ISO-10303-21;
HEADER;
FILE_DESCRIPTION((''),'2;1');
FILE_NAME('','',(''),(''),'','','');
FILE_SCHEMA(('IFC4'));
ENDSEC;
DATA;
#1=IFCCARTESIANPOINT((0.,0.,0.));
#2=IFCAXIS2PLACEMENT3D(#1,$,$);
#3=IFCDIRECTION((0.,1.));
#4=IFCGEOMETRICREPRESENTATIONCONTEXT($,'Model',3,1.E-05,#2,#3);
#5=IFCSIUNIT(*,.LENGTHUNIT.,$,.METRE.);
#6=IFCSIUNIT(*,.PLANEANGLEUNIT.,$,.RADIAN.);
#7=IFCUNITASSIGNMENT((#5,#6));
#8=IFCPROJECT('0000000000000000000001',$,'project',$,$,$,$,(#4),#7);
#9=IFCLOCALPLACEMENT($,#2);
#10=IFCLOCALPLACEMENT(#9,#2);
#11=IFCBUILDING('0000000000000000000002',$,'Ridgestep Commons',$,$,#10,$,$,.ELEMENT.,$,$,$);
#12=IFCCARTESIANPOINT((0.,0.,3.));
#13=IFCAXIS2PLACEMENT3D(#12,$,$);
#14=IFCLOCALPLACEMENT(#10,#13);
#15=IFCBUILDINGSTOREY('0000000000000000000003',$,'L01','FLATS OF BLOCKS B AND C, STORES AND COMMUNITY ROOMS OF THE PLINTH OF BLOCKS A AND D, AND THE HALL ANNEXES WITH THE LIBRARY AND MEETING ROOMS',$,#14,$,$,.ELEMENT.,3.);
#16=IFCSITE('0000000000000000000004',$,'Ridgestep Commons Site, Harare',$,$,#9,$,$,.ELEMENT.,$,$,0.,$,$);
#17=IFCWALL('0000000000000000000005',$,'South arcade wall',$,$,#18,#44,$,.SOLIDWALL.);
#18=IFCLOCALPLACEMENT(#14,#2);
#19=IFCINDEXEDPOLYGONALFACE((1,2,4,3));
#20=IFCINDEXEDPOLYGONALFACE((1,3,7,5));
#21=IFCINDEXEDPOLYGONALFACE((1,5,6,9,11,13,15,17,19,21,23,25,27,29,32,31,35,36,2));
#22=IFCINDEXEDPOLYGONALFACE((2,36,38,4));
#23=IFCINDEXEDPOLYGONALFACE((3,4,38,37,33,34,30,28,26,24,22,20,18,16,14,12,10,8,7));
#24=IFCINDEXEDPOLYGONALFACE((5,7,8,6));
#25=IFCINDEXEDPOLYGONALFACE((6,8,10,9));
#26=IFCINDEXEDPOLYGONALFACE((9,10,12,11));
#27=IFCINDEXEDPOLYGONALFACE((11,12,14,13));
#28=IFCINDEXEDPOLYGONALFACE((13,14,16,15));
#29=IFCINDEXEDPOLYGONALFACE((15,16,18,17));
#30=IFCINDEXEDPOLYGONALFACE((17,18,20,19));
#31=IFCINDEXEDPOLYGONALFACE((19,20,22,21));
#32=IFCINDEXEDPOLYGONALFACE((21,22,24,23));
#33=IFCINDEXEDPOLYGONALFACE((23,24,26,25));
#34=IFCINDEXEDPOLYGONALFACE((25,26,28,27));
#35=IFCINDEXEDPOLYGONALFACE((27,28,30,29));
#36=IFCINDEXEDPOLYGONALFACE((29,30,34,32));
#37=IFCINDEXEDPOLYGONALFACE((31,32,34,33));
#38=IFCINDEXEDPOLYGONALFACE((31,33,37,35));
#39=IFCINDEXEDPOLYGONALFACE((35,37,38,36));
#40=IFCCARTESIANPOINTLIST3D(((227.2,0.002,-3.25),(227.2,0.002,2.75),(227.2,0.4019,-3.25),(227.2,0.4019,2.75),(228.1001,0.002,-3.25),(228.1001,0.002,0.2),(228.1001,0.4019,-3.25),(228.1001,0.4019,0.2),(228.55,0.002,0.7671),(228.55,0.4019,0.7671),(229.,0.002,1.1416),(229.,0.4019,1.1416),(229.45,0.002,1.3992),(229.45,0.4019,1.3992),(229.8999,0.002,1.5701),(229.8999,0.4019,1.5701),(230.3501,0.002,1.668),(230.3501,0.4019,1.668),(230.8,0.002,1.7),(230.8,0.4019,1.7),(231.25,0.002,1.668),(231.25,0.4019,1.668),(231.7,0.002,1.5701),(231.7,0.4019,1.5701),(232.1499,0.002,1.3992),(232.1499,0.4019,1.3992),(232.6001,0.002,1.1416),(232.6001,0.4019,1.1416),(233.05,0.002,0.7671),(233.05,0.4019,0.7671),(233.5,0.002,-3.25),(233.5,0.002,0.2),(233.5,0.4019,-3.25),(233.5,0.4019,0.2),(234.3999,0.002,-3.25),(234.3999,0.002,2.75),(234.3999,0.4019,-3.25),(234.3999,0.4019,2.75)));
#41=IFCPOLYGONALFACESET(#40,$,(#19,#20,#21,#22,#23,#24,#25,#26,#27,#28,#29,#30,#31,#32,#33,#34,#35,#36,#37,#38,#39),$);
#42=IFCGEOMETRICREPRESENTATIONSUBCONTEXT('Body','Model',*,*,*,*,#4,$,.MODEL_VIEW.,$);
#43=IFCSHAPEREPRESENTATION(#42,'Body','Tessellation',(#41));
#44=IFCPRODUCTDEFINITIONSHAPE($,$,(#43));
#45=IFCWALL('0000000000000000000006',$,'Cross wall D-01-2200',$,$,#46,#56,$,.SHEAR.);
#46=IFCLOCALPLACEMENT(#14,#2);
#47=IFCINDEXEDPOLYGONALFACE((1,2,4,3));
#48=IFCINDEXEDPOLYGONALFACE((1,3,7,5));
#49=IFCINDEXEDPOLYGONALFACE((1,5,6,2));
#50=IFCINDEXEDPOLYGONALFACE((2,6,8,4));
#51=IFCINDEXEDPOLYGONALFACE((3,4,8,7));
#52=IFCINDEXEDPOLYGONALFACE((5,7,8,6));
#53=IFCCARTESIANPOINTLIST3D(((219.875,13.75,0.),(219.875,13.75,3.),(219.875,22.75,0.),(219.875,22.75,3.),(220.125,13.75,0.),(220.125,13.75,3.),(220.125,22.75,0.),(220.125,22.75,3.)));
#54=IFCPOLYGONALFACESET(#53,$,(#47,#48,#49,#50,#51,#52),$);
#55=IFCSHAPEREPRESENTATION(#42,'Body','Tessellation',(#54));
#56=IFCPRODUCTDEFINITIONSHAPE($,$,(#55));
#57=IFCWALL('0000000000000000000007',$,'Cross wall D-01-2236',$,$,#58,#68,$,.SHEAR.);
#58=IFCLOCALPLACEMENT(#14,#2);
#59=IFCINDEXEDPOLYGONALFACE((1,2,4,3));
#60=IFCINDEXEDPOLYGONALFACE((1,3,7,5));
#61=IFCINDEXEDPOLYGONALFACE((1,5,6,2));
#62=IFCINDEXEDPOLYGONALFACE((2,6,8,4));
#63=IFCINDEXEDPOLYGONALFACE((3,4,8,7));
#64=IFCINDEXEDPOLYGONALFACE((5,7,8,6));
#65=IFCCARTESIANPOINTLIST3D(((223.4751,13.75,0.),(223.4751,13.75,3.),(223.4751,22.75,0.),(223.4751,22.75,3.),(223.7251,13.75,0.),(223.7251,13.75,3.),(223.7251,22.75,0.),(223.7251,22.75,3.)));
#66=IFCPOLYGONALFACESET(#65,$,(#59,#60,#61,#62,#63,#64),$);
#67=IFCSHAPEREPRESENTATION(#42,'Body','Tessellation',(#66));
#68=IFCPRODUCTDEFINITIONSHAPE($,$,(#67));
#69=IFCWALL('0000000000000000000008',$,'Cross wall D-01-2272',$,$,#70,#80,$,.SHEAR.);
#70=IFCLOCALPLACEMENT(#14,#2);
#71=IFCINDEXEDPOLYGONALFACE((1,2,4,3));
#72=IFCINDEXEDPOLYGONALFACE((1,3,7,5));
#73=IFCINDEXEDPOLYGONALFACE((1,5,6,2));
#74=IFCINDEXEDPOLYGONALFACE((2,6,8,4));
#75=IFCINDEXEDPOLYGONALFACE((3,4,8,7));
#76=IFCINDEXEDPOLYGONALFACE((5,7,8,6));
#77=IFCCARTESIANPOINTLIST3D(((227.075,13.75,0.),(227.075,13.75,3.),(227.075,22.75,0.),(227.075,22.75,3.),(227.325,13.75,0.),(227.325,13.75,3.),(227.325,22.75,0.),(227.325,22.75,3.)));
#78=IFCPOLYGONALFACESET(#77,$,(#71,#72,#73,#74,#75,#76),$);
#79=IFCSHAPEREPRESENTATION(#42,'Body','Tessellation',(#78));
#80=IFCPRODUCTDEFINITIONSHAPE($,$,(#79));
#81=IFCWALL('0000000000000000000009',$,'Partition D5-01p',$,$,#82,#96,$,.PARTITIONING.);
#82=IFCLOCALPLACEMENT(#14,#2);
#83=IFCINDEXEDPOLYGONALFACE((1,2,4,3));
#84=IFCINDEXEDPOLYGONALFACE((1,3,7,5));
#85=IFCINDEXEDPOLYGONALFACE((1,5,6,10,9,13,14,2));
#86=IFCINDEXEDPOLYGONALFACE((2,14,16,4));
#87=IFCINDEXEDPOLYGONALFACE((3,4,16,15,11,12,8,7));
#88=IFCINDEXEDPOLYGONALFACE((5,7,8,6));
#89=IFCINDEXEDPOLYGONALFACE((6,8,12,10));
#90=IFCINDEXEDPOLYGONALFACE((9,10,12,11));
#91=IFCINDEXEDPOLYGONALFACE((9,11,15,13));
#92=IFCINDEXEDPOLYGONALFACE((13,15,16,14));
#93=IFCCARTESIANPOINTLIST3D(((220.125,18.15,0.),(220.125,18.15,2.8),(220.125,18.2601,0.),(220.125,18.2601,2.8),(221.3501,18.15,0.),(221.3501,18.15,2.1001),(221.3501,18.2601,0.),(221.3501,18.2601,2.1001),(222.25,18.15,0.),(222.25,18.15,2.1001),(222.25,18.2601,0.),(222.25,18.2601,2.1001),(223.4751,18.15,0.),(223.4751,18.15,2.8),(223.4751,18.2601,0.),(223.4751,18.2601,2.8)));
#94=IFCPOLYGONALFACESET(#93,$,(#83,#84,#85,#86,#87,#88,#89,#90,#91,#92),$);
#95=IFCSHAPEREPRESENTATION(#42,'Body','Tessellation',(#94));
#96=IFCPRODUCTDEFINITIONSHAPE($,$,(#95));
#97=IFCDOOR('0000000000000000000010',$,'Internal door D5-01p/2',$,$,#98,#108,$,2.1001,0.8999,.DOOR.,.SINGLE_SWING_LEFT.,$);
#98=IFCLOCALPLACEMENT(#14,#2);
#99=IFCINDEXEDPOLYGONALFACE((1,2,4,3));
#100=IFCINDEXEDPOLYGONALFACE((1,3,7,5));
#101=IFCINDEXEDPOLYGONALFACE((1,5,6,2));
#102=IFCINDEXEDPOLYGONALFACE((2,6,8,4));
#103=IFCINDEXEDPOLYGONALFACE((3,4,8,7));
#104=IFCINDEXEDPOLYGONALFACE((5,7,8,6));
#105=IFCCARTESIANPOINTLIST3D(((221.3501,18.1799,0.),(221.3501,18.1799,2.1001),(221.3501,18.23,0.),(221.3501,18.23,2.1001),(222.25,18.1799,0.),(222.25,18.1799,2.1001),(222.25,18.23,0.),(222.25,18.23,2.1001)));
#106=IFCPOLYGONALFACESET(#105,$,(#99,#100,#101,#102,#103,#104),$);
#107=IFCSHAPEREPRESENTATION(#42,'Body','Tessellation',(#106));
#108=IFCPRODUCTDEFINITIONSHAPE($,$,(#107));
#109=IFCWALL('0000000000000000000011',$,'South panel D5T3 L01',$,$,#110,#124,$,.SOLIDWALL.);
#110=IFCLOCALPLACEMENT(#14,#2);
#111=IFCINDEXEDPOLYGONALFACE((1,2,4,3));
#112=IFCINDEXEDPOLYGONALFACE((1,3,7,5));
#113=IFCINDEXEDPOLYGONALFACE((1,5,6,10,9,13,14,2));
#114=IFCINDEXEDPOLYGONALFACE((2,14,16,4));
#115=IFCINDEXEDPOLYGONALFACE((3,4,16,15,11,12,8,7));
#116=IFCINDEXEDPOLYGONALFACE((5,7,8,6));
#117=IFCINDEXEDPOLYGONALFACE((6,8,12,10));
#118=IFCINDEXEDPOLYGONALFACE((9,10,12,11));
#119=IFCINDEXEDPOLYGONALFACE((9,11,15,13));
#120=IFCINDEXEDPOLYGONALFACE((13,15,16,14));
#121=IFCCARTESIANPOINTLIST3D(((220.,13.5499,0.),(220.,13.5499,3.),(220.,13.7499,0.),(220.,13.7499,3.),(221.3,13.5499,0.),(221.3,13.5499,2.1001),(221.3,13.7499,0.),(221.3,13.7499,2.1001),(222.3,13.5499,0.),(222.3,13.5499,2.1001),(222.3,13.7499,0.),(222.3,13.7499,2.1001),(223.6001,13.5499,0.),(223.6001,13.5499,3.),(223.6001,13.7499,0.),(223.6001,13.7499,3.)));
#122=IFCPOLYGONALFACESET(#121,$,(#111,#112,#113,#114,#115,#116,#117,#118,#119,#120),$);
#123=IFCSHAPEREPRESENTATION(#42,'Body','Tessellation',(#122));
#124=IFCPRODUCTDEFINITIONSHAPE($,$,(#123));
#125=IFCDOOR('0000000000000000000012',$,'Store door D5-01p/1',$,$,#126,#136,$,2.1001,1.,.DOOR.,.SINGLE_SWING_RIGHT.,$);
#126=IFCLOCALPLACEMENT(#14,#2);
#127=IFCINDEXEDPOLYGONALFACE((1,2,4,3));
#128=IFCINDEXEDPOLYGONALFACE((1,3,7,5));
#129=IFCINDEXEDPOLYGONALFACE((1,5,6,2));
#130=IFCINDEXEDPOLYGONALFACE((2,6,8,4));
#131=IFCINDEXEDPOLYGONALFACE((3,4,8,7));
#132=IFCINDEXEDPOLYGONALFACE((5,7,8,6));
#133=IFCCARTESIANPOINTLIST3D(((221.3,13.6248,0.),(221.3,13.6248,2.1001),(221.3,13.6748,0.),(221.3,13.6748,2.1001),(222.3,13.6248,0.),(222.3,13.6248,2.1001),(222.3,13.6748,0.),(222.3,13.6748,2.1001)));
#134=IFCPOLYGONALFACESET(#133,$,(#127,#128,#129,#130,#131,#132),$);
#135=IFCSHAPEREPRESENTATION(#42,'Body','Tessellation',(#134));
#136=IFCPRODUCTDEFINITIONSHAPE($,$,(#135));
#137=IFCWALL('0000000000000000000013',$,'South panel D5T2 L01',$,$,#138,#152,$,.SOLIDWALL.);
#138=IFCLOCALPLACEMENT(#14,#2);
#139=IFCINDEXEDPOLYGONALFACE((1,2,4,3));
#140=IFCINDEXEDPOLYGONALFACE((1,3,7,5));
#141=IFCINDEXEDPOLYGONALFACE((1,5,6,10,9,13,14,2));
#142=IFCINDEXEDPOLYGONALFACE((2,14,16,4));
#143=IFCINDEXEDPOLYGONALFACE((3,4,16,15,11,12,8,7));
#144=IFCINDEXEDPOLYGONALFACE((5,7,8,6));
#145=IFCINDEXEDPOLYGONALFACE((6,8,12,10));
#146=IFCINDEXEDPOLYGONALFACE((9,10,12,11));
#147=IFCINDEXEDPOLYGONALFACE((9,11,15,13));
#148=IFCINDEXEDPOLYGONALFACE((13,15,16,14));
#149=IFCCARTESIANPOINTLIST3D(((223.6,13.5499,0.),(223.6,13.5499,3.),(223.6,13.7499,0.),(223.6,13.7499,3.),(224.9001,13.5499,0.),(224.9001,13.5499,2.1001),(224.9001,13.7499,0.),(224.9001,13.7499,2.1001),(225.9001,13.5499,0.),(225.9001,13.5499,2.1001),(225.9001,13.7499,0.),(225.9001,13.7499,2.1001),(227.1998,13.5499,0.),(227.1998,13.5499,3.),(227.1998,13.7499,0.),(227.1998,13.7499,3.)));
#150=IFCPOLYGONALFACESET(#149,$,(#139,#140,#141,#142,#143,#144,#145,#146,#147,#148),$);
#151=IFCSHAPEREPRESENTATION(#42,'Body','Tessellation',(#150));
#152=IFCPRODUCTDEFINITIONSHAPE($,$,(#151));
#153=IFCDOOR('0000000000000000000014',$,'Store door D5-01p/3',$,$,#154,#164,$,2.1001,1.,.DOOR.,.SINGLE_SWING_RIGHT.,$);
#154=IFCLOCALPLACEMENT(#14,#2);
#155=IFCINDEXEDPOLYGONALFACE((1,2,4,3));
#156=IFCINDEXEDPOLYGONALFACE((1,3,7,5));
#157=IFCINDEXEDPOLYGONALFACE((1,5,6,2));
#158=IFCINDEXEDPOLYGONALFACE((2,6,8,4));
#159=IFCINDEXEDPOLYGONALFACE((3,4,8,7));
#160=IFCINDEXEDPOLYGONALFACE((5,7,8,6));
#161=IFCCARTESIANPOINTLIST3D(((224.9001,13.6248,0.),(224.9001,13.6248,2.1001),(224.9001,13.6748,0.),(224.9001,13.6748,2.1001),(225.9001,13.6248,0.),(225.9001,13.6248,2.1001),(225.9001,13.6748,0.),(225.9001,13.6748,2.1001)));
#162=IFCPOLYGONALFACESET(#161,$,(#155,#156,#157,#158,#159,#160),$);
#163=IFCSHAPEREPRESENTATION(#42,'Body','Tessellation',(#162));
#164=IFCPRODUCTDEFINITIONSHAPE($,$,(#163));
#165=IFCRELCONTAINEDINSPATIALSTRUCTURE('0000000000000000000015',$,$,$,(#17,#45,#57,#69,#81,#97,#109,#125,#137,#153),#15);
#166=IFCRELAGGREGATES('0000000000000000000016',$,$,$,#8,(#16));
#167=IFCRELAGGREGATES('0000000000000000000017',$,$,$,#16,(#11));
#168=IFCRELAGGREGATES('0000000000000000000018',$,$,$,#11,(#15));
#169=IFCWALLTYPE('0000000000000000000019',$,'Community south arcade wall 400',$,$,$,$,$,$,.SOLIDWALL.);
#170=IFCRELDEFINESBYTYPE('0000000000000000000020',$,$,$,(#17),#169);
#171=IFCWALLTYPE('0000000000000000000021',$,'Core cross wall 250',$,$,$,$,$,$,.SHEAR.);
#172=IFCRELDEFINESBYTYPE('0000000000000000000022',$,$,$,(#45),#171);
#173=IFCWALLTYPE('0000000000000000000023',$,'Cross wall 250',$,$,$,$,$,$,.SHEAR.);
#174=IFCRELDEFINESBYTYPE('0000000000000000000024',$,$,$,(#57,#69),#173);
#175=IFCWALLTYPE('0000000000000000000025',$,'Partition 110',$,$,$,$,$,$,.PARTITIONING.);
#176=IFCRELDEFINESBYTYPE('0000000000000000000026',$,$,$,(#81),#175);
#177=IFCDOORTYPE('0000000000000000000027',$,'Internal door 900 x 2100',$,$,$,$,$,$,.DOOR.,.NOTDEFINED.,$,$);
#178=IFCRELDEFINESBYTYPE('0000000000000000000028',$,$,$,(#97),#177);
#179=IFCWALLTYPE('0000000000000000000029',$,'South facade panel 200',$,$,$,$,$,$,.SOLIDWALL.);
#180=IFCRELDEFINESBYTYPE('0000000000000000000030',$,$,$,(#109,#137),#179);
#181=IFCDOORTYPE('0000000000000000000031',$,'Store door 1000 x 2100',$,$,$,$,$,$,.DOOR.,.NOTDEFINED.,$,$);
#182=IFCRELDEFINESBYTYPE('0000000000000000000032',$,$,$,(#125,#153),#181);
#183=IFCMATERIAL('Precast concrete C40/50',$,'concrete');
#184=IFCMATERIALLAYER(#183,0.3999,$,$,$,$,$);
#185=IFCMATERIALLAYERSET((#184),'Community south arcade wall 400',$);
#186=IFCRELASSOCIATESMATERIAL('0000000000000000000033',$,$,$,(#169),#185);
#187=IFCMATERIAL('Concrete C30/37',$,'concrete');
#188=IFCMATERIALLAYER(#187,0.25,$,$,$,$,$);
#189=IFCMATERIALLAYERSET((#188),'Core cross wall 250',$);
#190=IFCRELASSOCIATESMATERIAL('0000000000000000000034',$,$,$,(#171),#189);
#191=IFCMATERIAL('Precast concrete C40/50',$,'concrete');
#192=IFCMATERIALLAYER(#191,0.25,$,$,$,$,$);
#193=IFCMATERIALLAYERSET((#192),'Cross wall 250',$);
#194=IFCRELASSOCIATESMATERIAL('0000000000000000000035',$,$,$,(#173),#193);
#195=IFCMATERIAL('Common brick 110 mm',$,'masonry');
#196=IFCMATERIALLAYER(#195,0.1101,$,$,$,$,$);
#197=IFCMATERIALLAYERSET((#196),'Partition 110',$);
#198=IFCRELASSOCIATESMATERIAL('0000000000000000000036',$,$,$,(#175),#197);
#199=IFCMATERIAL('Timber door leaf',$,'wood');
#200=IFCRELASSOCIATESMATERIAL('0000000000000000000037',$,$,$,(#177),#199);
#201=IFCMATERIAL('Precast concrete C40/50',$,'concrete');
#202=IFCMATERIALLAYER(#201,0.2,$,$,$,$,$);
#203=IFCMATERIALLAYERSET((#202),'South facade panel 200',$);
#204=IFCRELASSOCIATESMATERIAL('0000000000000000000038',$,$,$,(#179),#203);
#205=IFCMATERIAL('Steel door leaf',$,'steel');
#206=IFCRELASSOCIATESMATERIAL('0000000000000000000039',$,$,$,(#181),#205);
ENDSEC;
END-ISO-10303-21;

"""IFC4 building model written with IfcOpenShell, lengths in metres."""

from ifc_helpers import new_model, si_unit, direction, frame, frame_2d, origin, place, context, subcontext, project, spatial, polyline, rectangle, outline, extrude, material, layer, layer_set, type_object, element, fill, save


model = new_model("IFC4")

# Units and contexts
model_context = context("Model", 3, precision=1e-05, world=origin(), true_north=direction((0.0, 1.0)))
body_context = subcontext(model_context, "Body", "Model", "MODEL_VIEW")
ifc_project = project(units=[si_unit("LENGTHUNIT", "METRE"), si_unit("PLANEANGLEUNIT", "RADIAN")], contexts=[model_context])

# Site, building, storey
site_placement = place(None, origin())
site = spatial("IfcSite", under=ifc_project, at=site_placement, Name="Ridgestep Commons Site, Harare", CompositionType="ELEMENT", RefElevation=0.0)
building_placement = place(site_placement, origin())
building = spatial("IfcBuilding", under=site, at=building_placement, Name="Ridgestep Commons", CompositionType="ELEMENT")
storey_placement = place(building_placement, frame((0.0, 0.0, 3.0)))
storey = spatial("IfcBuildingStorey", under=building, at=storey_placement, Name="L01", Description="FLATS OF BLOCKS B AND C, STORES AND COMMUNITY ROOMS OF THE PLINTH OF BLOCKS A AND D, AND THE HALL ANNEXES WITH THE LIBRARY AND MEETING ROOMS", CompositionType="ELEMENT", Elevation=3.0)

# Walls
ifc_material_1 = material(Name="Precast concrete C40/50", Category="concrete")
ifc_layer_1 = layer(ifc_material_1, 0.3999)
ifc_layer_set_1 = layer_set([ifc_layer_1], Name="Community south arcade wall 400")
wall_type_1 = type_object("IfcWallType", Name="Community south arcade wall 400", PredefinedType="SOLIDWALL", material=ifc_layer_set_1)
wall_1_placement = place(storey_placement, frame((227.2, 0.002, -3.25), z_axis=(0.0, -1.0, 0.0), x_axis=(1.0, 0.0, 0.0)))
element("IfcWall", 1, at=wall_1_placement, inside=storey, type_object=wall_type_1, Name="South arcade wall", PredefinedType="SOLIDWALL", context=body_context, shape_type="SweptSolid", body=[
    extrude(outline(polyline([(0.0, 0.0), (0.9001, 0.0), (0.9001, 3.45), (1.3501, 4.0171), (1.8, 4.3916), (2.25, 4.6492), (2.7, 4.8201), (3.1501, 4.918), (3.6001, 4.95), (4.05, 4.918), (4.5, 4.8201), (4.95, 4.6492), (5.4001, 4.3916), (5.8501, 4.0171), (6.3, 3.45), (6.3, 0.0), (7.2, 0.0), (7.2, 6.0), (0.0, 6.0), (0.0, 0.0)])), origin(), (0.0, 0.0, -1.0), 0.3999),
])
ifc_material_2 = material(Name="Concrete C30/37", Category="concrete")
ifc_layer_2 = layer(ifc_material_2, 0.25)
ifc_layer_set_2 = layer_set([ifc_layer_2], Name="Core cross wall 250")
wall_type_2 = type_object("IfcWallType", Name="Core cross wall 250", PredefinedType="SHEAR", material=ifc_layer_set_2)
wall_2_placement = place(storey_placement, frame((220.0, 13.75, 0.0), z_axis=(0.0, 0.0, 1.0), x_axis=(0.0, 1.0, 0.0)))
element("IfcWall", 2, at=wall_2_placement, inside=storey, type_object=wall_type_2, Name="Cross wall D-01-2200", PredefinedType="SHEAR", context=body_context, shape_type="SweptSolid", body=[
    extrude(rectangle(XDim=9.0, YDim=0.25, at=frame_2d((4.5, 0.0))), origin(), (0.0, 0.0, 1.0), 3.0),
])
ifc_material_3 = material(Name="Precast concrete C40/50", Category="concrete")
ifc_layer_3 = layer(ifc_material_3, 0.25)
ifc_layer_set_3 = layer_set([ifc_layer_3], Name="Cross wall 250")
wall_type_3 = type_object("IfcWallType", Name="Cross wall 250", PredefinedType="SHEAR", material=ifc_layer_set_3)
for number, where, z_axis, x_axis, name in (
    (3, (223.6001, 13.75, 0.0), (0.0, 0.0, 1.0), (0.0, 1.0, 0.0), "Cross wall D-01-2236"),
    (4, (227.2, 13.75, 0.0), (0.0, 0.0, 1.0), (0.0, 1.0, 0.0), "Cross wall D-01-2272"),
):
    element("IfcWall", number, at=place(storey_placement, frame(where, z_axis=z_axis, x_axis=x_axis)), inside=storey, type_object=wall_type_3, Name=name, PredefinedType="SHEAR", context=body_context, shape_type="SweptSolid", body=[
        extrude(rectangle(XDim=9.0, YDim=0.25, at=frame_2d((4.5, 0.0))), origin(), (0.0, 0.0, 1.0), 3.0),
    ])

# Walls, openings, doors
ifc_material_4 = material(Name="Common brick 110 mm", Category="masonry")
ifc_layer_4 = layer(ifc_material_4, 0.1101)
ifc_layer_set_4 = layer_set([ifc_layer_4], Name="Partition 110")
wall_type_4 = type_object("IfcWallType", Name="Partition 110", PredefinedType="PARTITIONING", material=ifc_layer_set_4)
wall_3_placement = place(storey_placement, frame((220.125, 18.2051, 0.0), z_axis=(0.0, 0.0, 1.0), x_axis=(1.0, 0.0, 0.0)))
wall_3 = element("IfcWall", 5, at=wall_3_placement, inside=storey, type_object=wall_type_4, Name="Partition D5-01p", PredefinedType="PARTITIONING", context=body_context, shape_type="SweptSolid", body=[
    extrude(rectangle(XDim=3.3501, YDim=0.1101, at=frame_2d((1.675, 0.0))), origin(), (0.0, 0.0, 1.0), 2.8),
])
opening_1_placement = place(wall_3_placement, frame((1.2251, 0.0, 0.0)))
opening_1 = element("IfcOpeningElement", 6, at=opening_1_placement, cuts=wall_3, PredefinedType="OPENING", context=body_context, shape_type="SweptSolid", body=[
    extrude(rectangle(XDim=0.8999, YDim=2.1001, at=frame_2d((0.45, 1.05))), frame((0.0, 0.0649, 0.0), z_axis=(0.0, -1.0, 0.0), x_axis=(1.0, 0.0, 0.0)), (0.0, 0.0, 1.0), 0.1301),
])
ifc_material_5 = material(Name="Timber door leaf", Category="wood")
door_type_1 = type_object("IfcDoorType", Name="Internal door 900 x 2100", OperationType="NOTDEFINED", PredefinedType="DOOR", material=ifc_material_5)
door_1_placement = place(opening_1_placement, origin())
door_1 = element("IfcDoor", 7, at=door_1_placement, inside=storey, type_object=door_type_1, Name="Internal door D5-01p/2", OperationType="SINGLE_SWING_LEFT", OverallHeight=2.1001, OverallWidth=0.8999, PredefinedType="DOOR", context=body_context, shape_type="SweptSolid", body=[
    extrude(rectangle(XDim=0.8999, YDim=2.1001, at=frame_2d((0.45, 1.05))), frame((0.0, 0.0249, 0.0), z_axis=(0.0, -1.0, 0.0), x_axis=(1.0, 0.0, 0.0)), (0.0, 0.0, 1.0), 0.05),
])
fill(opening_1, door_1)
ifc_material_6 = material(Name="Precast concrete C40/50", Category="concrete")
ifc_layer_5 = layer(ifc_material_6, 0.2)
ifc_layer_set_5 = layer_set([ifc_layer_5], Name="South facade panel 200")
wall_type_5 = type_object("IfcWallType", Name="South facade panel 200", PredefinedType="SOLIDWALL", material=ifc_layer_set_5)
wall_4_placement = place(storey_placement, frame((220.0, 13.6499, 0.0), z_axis=(0.0, 0.0, 1.0), x_axis=(1.0, 0.0, 0.0)))
wall_4 = element("IfcWall", 8, at=wall_4_placement, inside=storey, type_object=wall_type_5, Name="South panel D5T3 L01", PredefinedType="SOLIDWALL", context=body_context, shape_type="SweptSolid", body=[
    extrude(rectangle(XDim=3.6001, YDim=0.2, at=frame_2d((1.8, 0.0))), origin(), (0.0, 0.0, 1.0), 3.0),
])
opening_2_placement = place(wall_4_placement, frame((1.3, 0.0, 0.0)))
opening_2 = element("IfcOpeningElement", 9, at=opening_2_placement, cuts=wall_4, PredefinedType="OPENING", context=body_context, shape_type="SweptSolid", body=[
    extrude(rectangle(XDim=1.0, YDim=2.1001, at=frame_2d((0.5, 1.05))), frame((0.0, 0.1099, 0.0), z_axis=(0.0, -1.0, 0.0), x_axis=(1.0, 0.0, 0.0)), (0.0, 0.0, 1.0), 0.22),
])
ifc_material_7 = material(Name="Steel door leaf", Category="steel")
door_type_2 = type_object("IfcDoorType", Name="Store door 1000 x 2100", OperationType="NOTDEFINED", PredefinedType="DOOR", material=ifc_material_7)
door_2_placement = place(opening_2_placement, origin())
door_2 = element("IfcDoor", 10, at=door_2_placement, inside=storey, type_object=door_type_2, Name="Store door D5-01p/1", OperationType="SINGLE_SWING_RIGHT", OverallHeight=2.1001, OverallWidth=1.0, PredefinedType="DOOR", context=body_context, shape_type="SweptSolid", body=[
    extrude(rectangle(XDim=1.0, YDim=2.1001, at=frame_2d((0.5, 1.05))), frame((0.0, 0.0249, 0.0), z_axis=(0.0, -1.0, 0.0), x_axis=(1.0, 0.0, 0.0)), (0.0, 0.0, 1.0), 0.05),
])
fill(opening_2, door_2)
wall_5_placement = place(storey_placement, frame((223.6001, 13.6499, 0.0), z_axis=(0.0, 0.0, 1.0), x_axis=(1.0, 0.0, 0.0)))
wall_5 = element("IfcWall", 11, at=wall_5_placement, inside=storey, type_object=wall_type_5, Name="South panel D5T2 L01", PredefinedType="SOLIDWALL", context=body_context, shape_type="SweptSolid", body=[
    extrude(rectangle(XDim=3.5999, YDim=0.2, at=frame_2d((1.7998, 0.0))), origin(), (0.0, 0.0, 1.0), 3.0),
])
opening_3_placement = place(wall_5_placement, frame((1.3, 0.0, 0.0)))
opening_3 = element("IfcOpeningElement", 12, at=opening_3_placement, cuts=wall_5, PredefinedType="OPENING", context=body_context, shape_type="SweptSolid", body=[
    extrude(rectangle(XDim=1.0, YDim=2.1001, at=frame_2d((0.5, 1.05))), frame((0.0, 0.1099, 0.0), z_axis=(0.0, -1.0, 0.0), x_axis=(1.0, 0.0, 0.0)), (0.0, 0.0, 1.0), 0.22),
])
door_3_placement = place(opening_3_placement, origin())
door_3 = element("IfcDoor", 13, at=door_3_placement, inside=storey, type_object=door_type_2, Name="Store door D5-01p/3", OperationType="SINGLE_SWING_RIGHT", OverallHeight=2.1001, OverallWidth=1.0, PredefinedType="DOOR", context=body_context, shape_type="SweptSolid", body=[
    extrude(rectangle(XDim=1.0, YDim=2.1001, at=frame_2d((0.5, 1.05))), frame((0.0, 0.0249, 0.0), z_axis=(0.0, -1.0, 0.0), x_axis=(1.0, 0.0, 0.0)), (0.0, 0.0, 1.0), 0.05),
])
fill(opening_3, door_3)

save(model, "model.ifc")
